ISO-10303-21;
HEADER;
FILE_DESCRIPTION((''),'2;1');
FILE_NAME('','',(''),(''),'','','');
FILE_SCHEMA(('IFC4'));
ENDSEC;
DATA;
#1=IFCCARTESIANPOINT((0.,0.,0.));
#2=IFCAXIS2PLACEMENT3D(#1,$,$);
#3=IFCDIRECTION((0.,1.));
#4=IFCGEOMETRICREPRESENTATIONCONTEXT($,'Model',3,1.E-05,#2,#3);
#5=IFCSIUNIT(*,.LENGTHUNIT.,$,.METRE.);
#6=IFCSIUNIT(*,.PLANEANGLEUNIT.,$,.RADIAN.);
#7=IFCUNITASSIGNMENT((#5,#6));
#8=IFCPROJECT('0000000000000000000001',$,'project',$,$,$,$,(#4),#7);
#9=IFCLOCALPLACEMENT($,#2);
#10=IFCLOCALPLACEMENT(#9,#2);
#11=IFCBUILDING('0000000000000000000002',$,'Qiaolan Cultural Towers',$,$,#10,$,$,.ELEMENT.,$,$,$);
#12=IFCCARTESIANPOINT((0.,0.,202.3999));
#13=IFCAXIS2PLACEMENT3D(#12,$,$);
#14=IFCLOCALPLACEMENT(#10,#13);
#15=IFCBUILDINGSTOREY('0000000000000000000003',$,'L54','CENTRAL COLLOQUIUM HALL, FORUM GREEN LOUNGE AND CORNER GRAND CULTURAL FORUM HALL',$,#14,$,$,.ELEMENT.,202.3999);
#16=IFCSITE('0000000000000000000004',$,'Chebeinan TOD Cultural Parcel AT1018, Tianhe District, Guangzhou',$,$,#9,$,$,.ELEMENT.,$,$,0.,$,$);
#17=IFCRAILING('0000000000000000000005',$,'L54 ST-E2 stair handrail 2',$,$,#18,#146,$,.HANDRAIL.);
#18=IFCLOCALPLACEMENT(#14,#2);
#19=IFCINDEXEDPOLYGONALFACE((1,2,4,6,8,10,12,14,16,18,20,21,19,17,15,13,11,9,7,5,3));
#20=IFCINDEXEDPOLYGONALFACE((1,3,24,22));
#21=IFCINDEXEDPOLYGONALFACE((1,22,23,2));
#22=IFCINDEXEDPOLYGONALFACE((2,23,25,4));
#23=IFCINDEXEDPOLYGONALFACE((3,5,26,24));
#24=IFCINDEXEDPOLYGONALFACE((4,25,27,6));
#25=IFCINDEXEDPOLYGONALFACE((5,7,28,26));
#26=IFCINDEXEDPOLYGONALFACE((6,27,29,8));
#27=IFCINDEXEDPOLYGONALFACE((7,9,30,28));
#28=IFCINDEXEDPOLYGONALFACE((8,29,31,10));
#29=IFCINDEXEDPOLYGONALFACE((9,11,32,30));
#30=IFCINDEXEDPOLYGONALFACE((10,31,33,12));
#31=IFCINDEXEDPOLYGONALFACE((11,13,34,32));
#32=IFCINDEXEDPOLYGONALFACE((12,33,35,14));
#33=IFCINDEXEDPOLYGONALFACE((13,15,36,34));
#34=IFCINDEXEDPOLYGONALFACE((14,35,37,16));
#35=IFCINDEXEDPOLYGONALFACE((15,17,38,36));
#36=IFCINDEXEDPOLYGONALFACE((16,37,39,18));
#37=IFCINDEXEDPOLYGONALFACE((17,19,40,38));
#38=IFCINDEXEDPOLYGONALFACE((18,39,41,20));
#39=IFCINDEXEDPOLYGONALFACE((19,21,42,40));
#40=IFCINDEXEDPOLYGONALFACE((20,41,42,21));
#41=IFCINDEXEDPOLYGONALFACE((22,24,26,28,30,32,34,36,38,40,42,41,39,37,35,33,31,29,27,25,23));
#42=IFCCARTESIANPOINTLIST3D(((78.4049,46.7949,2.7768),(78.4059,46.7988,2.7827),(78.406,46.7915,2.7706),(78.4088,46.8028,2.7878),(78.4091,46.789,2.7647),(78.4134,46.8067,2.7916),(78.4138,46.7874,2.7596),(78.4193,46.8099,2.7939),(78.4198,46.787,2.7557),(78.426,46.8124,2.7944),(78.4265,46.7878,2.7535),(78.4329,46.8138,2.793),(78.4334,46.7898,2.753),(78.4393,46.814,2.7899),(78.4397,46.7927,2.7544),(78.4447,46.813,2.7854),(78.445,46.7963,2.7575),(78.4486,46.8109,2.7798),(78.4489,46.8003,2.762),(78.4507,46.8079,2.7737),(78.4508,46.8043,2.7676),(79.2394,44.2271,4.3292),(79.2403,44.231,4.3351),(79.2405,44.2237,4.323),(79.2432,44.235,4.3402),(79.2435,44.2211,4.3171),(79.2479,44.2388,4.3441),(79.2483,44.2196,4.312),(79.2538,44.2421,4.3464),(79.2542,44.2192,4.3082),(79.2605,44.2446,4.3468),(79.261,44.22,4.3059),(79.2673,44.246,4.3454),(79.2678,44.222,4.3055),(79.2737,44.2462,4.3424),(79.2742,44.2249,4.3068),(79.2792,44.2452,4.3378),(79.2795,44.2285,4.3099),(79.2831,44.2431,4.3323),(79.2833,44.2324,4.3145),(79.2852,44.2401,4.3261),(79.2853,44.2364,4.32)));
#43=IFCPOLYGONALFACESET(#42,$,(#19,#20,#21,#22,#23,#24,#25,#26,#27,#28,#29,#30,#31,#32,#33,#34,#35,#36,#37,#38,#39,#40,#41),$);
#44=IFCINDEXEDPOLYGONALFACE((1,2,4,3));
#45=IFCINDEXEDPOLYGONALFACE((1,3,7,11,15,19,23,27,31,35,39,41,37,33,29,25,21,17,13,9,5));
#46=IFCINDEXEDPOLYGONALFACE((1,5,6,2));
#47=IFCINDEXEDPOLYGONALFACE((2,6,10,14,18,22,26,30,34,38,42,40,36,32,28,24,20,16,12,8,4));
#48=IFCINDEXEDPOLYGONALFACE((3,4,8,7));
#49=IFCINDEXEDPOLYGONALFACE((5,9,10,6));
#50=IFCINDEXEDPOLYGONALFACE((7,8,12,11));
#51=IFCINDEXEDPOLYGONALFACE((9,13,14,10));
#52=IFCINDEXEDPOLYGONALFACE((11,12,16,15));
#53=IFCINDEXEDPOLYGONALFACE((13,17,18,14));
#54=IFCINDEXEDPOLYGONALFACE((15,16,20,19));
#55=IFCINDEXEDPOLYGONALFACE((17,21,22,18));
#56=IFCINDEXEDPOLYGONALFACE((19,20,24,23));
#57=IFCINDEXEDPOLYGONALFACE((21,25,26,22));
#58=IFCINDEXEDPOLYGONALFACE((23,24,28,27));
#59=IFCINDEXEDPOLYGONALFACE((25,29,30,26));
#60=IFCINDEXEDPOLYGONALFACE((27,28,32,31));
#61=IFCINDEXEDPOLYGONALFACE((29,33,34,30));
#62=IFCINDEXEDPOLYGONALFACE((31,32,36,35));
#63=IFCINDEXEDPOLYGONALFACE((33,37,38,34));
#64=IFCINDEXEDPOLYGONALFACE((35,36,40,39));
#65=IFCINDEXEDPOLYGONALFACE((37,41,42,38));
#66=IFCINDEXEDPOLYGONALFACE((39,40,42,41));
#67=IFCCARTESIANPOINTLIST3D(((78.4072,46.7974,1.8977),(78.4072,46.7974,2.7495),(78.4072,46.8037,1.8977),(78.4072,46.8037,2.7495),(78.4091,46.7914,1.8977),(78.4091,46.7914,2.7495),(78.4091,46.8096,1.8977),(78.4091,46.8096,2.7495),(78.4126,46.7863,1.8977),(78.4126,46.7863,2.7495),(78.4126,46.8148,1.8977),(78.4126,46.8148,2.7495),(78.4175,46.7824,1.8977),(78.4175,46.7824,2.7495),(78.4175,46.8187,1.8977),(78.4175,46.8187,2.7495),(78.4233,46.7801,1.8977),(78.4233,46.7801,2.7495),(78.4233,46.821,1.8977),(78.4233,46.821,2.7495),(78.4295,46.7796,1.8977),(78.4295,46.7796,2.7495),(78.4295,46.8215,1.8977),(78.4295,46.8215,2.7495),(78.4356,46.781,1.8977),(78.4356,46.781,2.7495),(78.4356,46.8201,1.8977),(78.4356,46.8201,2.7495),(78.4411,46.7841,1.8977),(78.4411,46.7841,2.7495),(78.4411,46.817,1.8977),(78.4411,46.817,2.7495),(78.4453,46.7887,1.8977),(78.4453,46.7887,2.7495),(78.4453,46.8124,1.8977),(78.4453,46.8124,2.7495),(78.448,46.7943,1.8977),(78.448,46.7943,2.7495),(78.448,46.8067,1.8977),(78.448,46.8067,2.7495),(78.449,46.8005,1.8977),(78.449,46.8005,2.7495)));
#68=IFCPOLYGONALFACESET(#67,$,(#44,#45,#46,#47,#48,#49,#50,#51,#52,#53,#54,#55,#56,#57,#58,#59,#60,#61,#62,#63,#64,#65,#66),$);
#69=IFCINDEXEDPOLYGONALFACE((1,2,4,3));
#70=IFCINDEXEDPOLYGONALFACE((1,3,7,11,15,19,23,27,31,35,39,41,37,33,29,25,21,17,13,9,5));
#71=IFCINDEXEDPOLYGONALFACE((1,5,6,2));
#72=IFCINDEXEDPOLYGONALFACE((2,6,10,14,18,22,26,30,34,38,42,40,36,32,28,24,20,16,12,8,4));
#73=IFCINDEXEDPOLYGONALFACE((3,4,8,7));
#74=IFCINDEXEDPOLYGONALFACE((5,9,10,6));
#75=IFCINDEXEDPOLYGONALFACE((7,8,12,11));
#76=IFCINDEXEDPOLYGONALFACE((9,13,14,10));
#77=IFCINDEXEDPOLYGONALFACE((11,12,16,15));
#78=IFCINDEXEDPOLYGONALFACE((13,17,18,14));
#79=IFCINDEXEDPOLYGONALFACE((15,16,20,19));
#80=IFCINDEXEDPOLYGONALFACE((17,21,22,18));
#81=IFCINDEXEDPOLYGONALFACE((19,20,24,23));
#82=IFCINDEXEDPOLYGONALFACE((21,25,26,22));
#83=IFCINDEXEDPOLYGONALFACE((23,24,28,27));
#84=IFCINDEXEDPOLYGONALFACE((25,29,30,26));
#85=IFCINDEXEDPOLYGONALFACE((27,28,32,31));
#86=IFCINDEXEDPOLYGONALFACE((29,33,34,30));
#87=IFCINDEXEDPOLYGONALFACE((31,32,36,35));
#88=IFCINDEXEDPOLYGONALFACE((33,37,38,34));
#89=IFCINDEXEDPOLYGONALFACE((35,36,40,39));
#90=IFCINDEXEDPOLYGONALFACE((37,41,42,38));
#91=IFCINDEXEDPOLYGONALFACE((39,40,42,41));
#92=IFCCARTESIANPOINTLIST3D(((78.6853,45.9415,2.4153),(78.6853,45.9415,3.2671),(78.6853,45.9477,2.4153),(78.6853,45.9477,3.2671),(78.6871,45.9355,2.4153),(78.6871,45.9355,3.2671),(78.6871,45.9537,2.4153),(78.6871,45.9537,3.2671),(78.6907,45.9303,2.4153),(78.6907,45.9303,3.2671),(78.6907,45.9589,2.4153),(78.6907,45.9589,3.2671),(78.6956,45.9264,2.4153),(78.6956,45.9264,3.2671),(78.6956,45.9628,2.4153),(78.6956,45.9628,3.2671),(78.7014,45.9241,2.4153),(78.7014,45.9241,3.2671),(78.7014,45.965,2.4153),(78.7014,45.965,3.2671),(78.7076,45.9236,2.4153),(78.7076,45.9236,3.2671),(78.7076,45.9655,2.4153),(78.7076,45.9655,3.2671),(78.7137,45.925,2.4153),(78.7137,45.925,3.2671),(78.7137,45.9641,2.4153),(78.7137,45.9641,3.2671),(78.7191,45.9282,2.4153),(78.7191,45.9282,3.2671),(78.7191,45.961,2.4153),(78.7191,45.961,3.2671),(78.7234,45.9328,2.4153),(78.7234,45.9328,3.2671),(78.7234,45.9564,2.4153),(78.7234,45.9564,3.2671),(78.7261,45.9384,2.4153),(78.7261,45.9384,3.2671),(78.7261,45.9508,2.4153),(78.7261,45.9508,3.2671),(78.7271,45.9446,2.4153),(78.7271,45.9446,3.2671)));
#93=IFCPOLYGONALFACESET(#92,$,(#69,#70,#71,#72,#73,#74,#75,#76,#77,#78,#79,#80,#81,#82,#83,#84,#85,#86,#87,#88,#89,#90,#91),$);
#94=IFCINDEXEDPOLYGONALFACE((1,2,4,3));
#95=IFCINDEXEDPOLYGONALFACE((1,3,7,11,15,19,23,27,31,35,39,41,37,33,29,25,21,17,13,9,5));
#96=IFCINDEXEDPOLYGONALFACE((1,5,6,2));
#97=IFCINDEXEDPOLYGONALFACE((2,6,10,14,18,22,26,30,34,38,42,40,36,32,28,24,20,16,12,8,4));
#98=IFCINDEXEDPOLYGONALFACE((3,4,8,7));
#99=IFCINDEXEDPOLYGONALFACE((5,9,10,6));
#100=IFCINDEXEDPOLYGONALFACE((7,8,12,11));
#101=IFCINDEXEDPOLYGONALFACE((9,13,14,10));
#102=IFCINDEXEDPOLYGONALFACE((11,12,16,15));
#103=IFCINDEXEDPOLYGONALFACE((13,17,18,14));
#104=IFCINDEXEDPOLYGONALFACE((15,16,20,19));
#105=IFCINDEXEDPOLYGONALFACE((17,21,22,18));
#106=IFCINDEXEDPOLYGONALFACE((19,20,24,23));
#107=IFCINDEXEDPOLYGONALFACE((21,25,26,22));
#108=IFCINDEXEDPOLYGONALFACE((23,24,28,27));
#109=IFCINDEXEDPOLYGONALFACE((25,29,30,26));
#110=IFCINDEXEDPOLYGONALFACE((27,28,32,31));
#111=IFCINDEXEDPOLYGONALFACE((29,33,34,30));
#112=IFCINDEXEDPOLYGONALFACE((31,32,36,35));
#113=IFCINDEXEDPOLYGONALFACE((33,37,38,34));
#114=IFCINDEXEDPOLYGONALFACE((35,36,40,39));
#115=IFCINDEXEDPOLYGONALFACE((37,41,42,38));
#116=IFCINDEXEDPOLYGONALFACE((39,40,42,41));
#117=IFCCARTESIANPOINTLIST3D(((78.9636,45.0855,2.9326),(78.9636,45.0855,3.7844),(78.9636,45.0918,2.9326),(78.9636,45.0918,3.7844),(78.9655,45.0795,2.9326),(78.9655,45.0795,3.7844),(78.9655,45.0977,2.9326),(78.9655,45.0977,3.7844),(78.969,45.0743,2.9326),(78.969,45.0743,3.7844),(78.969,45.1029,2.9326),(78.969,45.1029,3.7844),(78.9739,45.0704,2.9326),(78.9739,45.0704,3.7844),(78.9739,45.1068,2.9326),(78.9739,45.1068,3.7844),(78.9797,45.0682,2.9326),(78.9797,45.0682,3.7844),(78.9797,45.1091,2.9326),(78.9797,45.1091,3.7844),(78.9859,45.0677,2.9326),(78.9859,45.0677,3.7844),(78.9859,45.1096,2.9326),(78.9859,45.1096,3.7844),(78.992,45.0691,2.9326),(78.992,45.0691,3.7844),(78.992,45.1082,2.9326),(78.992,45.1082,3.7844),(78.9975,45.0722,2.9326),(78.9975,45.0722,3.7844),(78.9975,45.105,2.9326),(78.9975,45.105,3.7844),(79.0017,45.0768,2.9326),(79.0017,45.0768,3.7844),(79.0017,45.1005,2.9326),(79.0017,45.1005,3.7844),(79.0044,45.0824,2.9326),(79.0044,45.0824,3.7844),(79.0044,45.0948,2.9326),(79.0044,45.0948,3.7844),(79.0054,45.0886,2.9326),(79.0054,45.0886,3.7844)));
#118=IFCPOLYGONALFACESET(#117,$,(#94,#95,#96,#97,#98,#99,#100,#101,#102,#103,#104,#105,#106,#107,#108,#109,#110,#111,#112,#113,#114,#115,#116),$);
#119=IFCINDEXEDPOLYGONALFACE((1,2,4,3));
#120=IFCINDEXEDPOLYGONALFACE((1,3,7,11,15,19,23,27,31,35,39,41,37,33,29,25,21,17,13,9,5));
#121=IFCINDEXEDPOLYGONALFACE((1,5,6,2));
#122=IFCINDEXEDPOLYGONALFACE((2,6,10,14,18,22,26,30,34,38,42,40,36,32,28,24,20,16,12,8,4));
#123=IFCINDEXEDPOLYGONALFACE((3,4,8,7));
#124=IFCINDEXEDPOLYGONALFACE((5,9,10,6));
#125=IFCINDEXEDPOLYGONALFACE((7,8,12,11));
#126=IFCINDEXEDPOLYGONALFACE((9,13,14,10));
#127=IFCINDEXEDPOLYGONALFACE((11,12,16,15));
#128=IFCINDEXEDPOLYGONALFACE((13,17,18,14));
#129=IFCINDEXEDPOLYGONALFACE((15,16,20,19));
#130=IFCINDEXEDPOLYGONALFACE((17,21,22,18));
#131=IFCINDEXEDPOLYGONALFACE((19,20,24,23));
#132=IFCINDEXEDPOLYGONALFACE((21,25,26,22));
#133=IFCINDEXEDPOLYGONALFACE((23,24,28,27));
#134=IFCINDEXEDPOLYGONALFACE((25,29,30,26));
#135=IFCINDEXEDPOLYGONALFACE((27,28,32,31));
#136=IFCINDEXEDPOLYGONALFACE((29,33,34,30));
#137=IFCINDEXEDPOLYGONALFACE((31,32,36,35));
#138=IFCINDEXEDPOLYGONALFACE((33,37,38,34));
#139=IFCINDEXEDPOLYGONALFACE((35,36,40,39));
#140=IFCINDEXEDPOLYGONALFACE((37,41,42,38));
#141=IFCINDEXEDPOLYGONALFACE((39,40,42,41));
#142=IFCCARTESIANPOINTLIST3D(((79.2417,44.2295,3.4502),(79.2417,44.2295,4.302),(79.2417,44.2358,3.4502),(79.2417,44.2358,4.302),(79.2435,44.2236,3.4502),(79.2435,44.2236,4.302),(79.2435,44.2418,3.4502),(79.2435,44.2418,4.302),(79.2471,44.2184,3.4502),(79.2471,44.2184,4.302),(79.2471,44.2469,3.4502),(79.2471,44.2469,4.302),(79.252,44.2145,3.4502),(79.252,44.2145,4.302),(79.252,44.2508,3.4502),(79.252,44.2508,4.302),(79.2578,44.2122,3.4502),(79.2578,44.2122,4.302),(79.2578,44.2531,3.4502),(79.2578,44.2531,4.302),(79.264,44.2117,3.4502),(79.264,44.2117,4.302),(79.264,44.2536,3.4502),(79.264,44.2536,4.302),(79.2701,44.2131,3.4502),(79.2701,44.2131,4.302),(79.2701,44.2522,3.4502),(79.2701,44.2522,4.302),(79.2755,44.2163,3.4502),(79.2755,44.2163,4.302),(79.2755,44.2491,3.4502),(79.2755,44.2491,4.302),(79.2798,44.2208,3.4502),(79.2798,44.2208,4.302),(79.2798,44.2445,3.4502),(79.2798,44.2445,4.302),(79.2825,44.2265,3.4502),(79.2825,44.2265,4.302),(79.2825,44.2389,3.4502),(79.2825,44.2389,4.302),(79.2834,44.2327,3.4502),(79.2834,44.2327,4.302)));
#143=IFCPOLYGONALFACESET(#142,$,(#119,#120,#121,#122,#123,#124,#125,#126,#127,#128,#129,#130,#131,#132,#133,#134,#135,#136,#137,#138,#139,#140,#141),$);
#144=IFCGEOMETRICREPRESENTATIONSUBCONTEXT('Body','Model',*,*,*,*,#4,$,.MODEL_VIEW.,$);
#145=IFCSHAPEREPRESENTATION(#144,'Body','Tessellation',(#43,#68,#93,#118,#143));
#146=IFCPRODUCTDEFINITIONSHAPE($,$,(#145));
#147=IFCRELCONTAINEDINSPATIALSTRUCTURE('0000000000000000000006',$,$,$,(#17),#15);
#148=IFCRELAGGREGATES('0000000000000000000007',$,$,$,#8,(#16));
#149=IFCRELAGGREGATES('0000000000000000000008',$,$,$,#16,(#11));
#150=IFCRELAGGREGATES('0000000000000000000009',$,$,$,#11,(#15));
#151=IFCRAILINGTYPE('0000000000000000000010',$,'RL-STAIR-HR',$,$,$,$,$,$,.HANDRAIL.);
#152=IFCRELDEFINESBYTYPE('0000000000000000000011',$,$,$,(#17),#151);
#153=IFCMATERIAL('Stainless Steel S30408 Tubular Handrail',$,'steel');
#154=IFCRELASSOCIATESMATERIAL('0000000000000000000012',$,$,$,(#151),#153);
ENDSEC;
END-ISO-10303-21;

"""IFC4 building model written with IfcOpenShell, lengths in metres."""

from ifc_helpers import new_model, si_unit, direction, frame, origin, origin_2d, place, context, subcontext, project, spatial, circle, extrude, material, type_object, element, save


model = new_model("IFC4")

# Units and contexts
model_context = context("Model", 3, precision=1e-05, world=origin(), true_north=direction((0.0, 1.0)))
body_context = subcontext(model_context, "Body", "Model", "MODEL_VIEW")
ifc_project = project(units=[si_unit("LENGTHUNIT", "METRE"), si_unit("PLANEANGLEUNIT", "RADIAN")], contexts=[model_context])

# Site, building, storey
site_placement = place(None, origin())
site = spatial("IfcSite", under=ifc_project, at=site_placement, Name="Chebeinan TOD Cultural Parcel AT1018, Tianhe District, Guangzhou", CompositionType="ELEMENT", RefElevation=0.0)
building_placement = place(site_placement, origin())
building = spatial("IfcBuilding", under=site, at=building_placement, Name="Qiaolan Cultural Towers", CompositionType="ELEMENT")
storey_placement = place(building_placement, frame((0.0, 0.0, 202.3999)))
storey = spatial("IfcBuildingStorey", under=building, at=storey_placement, Name="L54", Description="CENTRAL COLLOQUIUM HALL, FORUM GREEN LOUNGE AND CORNER GRAND CULTURAL FORUM HALL", CompositionType="ELEMENT", Elevation=202.3999)

# Railing
ifc_material_1 = material(Name="Stainless Steel S30408 Tubular Handrail", Category="steel")
railing_type_1 = type_object("IfcRailingType", Name="RL-STAIR-HR", PredefinedType="HANDRAIL", material=ifc_material_1)
railing_1_placement = place(storey_placement, frame((78.428, 46.8005, 1.8977)))
element("IfcRailing", 1, at=railing_1_placement, inside=storey, type_object=railing_type_1, Name="L54 ST-E2 stair handrail 2", PredefinedType="HANDRAIL", context=body_context, shape_type="SweptSolid", body=[
    extrude(circle(Radius=0.0239, at=origin_2d()), frame((0.0, 0.0, 0.876), z_axis=(0.267926, -0.824471, 0.498461), x_axis=(0.951043, 0.309057, 0.0)), (0.0, 0.0, 1.0), 3.1145),
    extrude(circle(Radius=0.021, at=origin_2d()), origin(), (0.0, 0.0, 1.0), 0.8518),
    extrude(circle(Radius=0.021, at=origin_2d()), frame((0.2781, -0.856, 0.5176)), (0.0, 0.0, 1.0), 0.8518),
    extrude(circle(Radius=0.021, at=origin_2d()), frame((0.5564, -1.7119, 1.0349)), (0.0, 0.0, 1.0), 0.8518),
    extrude(circle(Radius=0.021, at=origin_2d()), frame((0.8345, -2.5679, 1.5525)), (0.0, 0.0, 1.0), 0.8518),
])

save(model, "model.ifc")
